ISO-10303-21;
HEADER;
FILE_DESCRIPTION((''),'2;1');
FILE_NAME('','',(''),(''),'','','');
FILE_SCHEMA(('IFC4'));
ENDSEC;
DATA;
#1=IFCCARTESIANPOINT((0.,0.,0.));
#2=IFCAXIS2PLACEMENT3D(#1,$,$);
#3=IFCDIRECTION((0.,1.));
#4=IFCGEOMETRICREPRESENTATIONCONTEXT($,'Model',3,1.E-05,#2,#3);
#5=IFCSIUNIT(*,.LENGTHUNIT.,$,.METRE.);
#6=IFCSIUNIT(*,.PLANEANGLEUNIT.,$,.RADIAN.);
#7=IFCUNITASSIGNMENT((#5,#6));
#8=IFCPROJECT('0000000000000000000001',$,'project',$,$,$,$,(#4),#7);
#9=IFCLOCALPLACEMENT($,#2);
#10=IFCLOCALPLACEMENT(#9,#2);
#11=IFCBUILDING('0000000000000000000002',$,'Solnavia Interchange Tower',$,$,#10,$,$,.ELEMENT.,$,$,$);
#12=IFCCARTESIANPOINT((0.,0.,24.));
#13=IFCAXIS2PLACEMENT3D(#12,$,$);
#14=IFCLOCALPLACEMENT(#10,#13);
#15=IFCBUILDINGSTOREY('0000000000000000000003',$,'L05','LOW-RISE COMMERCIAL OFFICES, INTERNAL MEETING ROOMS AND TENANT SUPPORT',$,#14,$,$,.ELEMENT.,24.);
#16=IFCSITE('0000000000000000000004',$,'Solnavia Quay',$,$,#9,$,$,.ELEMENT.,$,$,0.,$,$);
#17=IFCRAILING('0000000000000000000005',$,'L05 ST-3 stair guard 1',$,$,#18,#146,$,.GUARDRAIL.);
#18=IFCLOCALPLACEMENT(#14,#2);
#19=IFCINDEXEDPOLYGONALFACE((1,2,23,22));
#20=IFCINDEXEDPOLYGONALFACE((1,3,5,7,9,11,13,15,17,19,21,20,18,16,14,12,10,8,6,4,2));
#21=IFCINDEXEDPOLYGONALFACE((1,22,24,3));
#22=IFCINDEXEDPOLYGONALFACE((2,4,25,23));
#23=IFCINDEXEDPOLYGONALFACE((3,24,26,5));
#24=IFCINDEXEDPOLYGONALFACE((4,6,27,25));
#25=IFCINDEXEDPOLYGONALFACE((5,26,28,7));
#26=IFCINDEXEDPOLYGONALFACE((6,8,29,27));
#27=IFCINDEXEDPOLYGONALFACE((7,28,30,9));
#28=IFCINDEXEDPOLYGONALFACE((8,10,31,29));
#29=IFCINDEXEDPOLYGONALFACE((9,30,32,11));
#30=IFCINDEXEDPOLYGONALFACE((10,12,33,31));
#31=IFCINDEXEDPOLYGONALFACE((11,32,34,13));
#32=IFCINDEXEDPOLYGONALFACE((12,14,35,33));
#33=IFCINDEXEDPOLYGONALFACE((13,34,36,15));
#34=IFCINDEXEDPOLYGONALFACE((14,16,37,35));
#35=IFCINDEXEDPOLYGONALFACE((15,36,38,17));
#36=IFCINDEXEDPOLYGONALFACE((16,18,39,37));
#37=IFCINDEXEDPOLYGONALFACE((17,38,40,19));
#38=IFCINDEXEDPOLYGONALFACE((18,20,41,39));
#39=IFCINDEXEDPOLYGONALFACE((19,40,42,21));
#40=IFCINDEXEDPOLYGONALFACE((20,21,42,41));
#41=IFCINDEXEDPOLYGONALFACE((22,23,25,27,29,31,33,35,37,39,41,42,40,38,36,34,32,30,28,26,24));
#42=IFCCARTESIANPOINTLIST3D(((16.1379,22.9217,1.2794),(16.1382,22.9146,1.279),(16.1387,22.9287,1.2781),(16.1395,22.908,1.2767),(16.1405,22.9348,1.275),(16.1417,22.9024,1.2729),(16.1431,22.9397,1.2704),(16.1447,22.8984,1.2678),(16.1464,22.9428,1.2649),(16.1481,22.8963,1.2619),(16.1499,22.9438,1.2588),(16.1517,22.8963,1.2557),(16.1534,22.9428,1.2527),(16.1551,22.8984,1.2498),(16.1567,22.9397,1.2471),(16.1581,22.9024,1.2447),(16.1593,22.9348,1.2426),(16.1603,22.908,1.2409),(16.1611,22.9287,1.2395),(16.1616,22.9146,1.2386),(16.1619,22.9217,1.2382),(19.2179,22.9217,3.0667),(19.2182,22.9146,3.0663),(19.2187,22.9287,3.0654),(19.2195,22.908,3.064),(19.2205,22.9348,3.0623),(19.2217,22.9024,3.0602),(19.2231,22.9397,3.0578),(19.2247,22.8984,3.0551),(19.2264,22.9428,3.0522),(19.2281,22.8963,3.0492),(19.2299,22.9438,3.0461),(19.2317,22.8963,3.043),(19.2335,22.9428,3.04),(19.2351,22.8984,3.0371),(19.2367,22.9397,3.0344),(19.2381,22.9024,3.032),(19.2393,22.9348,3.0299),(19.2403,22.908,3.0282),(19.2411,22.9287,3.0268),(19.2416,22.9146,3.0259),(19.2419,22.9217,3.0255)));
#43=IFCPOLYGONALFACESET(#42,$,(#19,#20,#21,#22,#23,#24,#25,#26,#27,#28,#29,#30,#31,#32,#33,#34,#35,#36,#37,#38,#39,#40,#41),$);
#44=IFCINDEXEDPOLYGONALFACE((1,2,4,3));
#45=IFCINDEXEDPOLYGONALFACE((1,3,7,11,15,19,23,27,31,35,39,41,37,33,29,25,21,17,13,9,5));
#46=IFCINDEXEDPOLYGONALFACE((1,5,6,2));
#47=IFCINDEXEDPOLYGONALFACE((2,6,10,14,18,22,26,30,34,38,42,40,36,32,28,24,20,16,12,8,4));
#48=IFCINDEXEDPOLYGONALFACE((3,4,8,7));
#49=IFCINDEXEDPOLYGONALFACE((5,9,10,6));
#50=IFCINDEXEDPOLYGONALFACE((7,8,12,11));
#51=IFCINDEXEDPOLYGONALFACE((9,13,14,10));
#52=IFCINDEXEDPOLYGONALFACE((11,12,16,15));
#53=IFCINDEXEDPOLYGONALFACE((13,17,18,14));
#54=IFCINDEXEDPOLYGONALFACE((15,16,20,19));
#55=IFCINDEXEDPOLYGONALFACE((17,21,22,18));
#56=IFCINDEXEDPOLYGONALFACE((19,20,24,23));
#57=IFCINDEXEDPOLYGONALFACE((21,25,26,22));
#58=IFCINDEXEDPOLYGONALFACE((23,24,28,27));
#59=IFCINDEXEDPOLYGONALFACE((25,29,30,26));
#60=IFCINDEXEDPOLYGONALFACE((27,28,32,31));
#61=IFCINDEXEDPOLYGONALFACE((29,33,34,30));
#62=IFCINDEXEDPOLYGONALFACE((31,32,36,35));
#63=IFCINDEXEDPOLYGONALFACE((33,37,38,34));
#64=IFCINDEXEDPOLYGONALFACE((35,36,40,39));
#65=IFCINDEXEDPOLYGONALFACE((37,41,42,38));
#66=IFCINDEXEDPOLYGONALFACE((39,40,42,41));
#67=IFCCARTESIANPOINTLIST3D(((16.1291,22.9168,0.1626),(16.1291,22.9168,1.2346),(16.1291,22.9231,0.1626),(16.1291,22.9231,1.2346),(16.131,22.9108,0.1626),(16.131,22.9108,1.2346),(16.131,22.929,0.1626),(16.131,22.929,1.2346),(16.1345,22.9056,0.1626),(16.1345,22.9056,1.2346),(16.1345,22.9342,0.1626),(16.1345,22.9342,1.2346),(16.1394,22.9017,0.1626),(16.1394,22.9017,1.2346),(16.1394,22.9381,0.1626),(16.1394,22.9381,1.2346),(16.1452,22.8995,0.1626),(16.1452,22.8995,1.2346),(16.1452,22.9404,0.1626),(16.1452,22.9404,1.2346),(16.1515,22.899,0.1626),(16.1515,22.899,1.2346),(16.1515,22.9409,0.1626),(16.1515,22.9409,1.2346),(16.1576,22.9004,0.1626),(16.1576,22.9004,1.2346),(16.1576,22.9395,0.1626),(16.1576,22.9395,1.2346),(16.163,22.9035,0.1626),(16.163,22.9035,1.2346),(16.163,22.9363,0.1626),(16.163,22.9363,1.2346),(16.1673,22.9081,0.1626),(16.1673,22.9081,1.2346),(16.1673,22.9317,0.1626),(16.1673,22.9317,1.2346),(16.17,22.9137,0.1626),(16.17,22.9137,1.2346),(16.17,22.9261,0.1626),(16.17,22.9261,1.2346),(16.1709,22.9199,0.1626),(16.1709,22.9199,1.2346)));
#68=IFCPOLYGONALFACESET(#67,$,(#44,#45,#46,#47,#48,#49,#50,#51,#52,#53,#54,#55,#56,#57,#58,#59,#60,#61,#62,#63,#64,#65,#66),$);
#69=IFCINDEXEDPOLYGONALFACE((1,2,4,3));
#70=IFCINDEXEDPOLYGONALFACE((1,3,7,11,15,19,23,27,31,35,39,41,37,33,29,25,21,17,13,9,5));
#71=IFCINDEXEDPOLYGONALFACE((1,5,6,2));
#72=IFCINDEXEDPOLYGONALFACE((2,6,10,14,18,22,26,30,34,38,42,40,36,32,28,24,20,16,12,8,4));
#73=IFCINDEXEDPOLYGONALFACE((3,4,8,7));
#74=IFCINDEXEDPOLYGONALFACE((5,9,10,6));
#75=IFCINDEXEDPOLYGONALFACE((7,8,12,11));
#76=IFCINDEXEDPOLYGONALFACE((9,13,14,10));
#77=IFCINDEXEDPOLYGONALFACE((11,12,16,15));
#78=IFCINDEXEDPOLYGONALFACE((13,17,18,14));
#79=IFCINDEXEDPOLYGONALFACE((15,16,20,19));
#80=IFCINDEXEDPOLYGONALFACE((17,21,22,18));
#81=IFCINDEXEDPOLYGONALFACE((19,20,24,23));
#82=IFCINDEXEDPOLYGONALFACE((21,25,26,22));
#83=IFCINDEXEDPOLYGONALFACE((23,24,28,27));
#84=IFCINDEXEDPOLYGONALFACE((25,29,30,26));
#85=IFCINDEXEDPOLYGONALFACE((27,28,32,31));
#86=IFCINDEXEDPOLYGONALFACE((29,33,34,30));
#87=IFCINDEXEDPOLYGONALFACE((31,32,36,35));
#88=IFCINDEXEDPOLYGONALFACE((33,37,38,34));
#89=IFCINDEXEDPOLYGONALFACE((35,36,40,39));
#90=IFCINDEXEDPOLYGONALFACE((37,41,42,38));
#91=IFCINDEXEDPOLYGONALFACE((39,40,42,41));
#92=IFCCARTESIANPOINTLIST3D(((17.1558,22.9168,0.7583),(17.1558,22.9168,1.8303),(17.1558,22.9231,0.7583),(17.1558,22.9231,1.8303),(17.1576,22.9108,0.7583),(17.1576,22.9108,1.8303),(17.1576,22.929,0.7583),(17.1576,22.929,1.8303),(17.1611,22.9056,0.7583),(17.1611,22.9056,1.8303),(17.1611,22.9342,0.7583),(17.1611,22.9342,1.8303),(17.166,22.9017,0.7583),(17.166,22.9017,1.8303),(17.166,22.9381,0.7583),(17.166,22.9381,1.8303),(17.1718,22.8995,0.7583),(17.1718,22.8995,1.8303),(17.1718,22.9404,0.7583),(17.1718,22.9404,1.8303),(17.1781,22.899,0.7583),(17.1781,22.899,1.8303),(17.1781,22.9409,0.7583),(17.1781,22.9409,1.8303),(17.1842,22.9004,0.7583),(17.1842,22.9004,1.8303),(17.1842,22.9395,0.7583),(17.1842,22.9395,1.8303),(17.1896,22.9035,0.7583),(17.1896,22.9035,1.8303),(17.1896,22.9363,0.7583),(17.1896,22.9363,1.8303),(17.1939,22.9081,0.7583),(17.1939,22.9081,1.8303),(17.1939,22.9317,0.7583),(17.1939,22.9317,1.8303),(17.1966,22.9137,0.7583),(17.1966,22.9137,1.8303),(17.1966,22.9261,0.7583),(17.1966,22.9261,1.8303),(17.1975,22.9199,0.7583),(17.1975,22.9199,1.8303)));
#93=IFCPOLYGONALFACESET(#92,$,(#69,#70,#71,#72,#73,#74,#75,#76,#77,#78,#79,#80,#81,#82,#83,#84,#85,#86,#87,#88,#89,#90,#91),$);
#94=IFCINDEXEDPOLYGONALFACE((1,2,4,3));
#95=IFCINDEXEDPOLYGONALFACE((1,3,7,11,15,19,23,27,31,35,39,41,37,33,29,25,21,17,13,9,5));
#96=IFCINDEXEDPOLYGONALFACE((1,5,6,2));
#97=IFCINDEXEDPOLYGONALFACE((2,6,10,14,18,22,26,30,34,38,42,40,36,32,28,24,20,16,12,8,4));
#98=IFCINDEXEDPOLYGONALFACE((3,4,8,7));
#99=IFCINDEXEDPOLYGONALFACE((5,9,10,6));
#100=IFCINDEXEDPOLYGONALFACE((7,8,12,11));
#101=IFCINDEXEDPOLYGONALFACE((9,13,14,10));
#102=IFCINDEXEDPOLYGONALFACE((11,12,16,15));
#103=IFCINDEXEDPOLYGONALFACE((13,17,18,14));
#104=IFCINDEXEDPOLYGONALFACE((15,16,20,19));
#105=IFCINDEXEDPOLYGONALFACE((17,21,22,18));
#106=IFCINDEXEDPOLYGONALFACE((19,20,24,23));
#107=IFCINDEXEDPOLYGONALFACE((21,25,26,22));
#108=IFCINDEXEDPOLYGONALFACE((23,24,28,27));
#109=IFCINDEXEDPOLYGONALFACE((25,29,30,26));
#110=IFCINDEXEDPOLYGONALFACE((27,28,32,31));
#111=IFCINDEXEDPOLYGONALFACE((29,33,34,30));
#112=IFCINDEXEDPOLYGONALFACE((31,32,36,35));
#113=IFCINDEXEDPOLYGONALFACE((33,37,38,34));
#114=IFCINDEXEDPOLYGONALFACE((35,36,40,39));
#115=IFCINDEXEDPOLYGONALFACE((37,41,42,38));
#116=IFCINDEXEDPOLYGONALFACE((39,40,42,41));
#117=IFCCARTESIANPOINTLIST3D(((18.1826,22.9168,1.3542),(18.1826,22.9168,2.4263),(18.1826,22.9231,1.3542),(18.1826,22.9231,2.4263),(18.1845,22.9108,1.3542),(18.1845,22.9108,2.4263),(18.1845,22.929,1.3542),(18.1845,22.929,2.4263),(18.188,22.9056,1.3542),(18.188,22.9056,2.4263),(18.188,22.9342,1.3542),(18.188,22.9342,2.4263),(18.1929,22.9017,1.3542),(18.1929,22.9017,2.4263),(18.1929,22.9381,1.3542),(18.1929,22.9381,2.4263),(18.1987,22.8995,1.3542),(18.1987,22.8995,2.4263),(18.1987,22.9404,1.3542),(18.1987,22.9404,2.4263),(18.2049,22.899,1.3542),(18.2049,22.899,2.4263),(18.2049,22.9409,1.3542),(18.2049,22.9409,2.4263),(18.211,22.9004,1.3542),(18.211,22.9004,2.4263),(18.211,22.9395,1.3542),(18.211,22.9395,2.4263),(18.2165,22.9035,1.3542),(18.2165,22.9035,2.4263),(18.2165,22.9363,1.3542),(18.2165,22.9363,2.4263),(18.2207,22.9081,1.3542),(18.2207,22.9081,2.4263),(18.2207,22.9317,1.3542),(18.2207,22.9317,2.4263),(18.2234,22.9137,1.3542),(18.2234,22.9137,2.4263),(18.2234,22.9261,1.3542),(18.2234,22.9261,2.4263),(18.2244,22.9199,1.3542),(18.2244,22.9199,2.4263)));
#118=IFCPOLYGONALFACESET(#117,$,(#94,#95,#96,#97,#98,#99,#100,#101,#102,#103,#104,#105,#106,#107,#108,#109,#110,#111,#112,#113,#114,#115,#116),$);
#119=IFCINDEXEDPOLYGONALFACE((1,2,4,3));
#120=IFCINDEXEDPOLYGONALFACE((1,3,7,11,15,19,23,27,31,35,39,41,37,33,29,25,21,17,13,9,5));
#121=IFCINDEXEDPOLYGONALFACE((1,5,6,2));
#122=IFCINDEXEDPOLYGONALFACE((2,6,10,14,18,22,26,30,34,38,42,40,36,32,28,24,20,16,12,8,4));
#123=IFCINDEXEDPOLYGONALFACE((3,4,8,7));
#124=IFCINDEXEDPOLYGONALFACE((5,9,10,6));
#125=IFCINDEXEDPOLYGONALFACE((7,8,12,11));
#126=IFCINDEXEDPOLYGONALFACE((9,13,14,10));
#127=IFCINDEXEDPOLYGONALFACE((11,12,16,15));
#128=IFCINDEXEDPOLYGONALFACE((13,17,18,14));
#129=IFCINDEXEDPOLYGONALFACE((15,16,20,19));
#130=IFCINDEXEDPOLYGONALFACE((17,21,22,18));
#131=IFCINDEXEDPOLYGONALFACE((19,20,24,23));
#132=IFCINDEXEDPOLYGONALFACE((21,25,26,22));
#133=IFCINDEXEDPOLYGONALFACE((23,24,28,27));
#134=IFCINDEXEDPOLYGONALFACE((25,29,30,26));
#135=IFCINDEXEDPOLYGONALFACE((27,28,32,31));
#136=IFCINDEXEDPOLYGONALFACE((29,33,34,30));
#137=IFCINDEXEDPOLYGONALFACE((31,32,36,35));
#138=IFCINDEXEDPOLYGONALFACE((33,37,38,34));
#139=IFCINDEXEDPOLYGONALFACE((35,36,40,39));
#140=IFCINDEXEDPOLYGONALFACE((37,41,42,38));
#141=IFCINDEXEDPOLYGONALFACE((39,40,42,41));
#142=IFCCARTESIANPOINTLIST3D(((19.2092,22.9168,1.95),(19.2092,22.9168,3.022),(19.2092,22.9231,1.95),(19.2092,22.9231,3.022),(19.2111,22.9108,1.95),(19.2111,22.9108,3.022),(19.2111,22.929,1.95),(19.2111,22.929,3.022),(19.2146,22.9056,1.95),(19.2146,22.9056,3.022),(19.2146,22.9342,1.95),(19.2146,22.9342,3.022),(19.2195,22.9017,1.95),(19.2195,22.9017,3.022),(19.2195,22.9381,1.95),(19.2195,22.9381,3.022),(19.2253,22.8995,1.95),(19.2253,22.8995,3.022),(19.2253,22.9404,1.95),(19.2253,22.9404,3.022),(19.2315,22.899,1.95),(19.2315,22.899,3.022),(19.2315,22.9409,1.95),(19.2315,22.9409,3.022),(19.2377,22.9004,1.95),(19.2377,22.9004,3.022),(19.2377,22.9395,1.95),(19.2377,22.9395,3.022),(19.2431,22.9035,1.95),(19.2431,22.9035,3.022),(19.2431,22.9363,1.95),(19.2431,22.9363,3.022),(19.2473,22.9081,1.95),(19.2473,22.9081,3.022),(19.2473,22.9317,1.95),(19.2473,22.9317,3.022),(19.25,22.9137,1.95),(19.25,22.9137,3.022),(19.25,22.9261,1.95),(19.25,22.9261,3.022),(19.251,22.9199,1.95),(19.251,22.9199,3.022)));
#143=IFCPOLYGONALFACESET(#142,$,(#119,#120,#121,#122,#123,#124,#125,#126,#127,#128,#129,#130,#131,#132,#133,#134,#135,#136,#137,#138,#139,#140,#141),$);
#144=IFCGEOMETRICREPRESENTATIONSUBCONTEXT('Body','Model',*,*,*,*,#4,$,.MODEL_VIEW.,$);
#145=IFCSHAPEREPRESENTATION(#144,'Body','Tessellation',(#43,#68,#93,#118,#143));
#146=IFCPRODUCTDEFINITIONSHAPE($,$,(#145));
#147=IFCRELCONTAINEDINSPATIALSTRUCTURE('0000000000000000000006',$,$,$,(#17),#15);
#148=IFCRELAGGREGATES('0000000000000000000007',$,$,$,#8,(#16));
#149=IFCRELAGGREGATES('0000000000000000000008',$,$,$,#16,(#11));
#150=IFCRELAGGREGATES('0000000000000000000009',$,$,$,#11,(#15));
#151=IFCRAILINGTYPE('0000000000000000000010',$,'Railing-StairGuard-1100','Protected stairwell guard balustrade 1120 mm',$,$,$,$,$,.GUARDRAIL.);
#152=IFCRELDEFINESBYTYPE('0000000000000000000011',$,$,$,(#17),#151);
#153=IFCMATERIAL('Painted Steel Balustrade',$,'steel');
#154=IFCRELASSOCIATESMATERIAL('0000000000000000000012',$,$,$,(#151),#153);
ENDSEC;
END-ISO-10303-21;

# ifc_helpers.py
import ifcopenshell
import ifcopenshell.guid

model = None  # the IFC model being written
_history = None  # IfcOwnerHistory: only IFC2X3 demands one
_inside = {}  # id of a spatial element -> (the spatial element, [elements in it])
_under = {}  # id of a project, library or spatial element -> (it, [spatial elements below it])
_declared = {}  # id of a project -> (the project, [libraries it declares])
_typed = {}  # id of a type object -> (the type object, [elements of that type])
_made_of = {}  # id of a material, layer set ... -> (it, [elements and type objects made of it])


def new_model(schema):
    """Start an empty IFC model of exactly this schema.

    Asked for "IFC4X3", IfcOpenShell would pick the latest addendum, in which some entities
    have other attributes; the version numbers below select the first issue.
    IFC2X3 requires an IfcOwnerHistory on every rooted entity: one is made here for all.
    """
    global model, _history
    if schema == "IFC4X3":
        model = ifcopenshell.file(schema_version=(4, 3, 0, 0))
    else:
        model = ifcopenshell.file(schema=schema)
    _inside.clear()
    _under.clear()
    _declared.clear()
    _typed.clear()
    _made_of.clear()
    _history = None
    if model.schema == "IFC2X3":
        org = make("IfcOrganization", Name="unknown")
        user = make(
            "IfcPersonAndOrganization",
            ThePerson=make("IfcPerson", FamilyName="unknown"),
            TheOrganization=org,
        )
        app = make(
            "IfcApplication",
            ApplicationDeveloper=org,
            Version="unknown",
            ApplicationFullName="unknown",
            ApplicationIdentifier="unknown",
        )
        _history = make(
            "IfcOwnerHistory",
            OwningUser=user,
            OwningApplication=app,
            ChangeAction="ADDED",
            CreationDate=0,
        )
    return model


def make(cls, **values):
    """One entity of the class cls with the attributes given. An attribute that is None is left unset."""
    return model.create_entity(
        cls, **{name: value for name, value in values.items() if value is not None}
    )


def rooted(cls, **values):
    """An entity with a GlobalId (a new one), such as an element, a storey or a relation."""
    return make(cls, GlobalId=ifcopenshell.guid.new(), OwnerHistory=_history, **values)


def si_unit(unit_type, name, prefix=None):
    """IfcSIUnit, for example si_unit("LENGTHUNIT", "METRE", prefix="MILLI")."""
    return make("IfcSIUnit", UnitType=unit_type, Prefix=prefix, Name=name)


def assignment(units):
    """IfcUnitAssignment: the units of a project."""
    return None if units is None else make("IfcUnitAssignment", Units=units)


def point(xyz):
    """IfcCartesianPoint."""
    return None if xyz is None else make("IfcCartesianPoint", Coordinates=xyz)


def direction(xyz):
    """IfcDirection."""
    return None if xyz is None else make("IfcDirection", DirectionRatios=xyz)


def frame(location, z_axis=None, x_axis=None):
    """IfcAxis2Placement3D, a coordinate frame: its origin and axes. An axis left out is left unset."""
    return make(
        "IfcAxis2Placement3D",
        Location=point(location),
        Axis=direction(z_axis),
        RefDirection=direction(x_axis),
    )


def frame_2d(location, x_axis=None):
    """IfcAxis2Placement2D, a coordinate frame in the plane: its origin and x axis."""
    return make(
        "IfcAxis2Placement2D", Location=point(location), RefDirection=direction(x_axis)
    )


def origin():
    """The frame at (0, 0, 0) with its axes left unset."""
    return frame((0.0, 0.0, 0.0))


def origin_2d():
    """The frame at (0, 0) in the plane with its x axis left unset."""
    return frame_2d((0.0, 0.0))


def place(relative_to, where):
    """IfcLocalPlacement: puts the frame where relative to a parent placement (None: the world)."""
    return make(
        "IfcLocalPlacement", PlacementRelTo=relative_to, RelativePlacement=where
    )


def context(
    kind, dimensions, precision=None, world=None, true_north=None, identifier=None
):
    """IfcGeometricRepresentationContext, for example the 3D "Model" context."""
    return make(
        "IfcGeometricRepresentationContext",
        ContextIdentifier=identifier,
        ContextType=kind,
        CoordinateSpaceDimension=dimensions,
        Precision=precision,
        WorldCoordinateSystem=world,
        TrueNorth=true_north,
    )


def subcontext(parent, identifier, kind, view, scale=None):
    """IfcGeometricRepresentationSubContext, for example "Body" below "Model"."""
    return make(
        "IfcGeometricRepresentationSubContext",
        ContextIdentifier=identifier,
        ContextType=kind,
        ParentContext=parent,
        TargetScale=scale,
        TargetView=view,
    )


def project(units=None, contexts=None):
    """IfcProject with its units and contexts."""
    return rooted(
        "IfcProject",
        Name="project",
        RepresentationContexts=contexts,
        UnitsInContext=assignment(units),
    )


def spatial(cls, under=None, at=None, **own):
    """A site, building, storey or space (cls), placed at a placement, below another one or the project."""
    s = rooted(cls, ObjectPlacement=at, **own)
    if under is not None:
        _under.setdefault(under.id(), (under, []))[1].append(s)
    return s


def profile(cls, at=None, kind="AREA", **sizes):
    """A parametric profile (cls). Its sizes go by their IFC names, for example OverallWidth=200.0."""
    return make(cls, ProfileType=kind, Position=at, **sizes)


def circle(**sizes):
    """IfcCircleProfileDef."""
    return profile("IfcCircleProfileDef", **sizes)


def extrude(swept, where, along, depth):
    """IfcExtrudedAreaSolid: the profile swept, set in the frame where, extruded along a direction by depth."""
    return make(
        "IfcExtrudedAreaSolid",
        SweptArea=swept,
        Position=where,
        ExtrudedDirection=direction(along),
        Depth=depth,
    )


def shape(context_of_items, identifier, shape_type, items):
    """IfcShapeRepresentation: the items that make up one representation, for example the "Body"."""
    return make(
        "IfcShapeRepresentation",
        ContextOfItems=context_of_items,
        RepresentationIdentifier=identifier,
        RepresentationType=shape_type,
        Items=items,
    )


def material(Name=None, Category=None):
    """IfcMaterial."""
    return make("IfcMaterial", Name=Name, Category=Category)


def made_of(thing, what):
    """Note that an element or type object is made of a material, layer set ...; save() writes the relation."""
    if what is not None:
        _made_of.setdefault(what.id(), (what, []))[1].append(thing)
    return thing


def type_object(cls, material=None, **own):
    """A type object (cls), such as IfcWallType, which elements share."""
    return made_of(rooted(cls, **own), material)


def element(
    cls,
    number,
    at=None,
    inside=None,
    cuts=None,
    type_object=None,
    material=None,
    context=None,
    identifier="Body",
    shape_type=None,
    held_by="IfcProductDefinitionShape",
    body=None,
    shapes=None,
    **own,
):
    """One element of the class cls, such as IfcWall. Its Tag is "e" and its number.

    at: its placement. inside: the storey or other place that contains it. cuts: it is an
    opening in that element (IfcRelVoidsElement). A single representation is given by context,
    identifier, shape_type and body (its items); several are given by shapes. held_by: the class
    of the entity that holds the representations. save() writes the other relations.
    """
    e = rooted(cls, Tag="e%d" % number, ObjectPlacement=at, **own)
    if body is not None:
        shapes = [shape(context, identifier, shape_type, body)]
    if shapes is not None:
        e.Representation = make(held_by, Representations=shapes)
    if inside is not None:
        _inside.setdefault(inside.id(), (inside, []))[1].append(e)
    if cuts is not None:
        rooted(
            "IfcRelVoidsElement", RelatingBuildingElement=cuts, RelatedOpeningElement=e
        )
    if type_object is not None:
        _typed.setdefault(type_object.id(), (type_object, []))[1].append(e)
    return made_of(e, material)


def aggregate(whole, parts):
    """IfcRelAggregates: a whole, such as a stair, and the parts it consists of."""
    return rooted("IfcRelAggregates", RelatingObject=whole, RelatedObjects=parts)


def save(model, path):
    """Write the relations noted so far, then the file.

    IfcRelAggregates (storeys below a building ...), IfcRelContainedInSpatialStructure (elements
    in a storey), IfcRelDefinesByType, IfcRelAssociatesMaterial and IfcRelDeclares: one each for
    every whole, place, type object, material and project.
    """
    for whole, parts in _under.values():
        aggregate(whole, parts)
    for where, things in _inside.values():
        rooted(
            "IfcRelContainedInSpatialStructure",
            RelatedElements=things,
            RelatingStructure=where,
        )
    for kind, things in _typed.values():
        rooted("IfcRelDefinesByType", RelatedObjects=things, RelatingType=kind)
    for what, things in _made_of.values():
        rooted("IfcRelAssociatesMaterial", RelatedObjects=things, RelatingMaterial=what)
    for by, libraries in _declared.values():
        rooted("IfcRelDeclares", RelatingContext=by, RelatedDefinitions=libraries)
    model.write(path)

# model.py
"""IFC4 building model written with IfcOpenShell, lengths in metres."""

from ifc_helpers import new_model, si_unit, direction, frame, origin, origin_2d, place, context, subcontext, project, spatial, circle, extrude, material, type_object, element, save


model = new_model("IFC4")

# Units and contexts
model_context = context("Model", 3, precision=1e-05, world=origin(), true_north=direction((0.0, 1.0)))
body_context = subcontext(model_context, "Body", "Model", "MODEL_VIEW")
ifc_project = project(units=[si_unit("LENGTHUNIT", "METRE"), si_unit("PLANEANGLEUNIT", "RADIAN")], contexts=[model_context])

# Site, building, storey
site_placement = place(None, origin())
site = spatial("IfcSite", under=ifc_project, at=site_placement, Name="Solnavia Quay", CompositionType="ELEMENT", RefElevation=0.0)
building_placement = place(site_placement, origin())
building = spatial("IfcBuilding", under=site, at=building_placement, Name="Solnavia Interchange Tower", CompositionType="ELEMENT")
storey_placement = place(building_placement, frame((0.0, 0.0, 24.0)))
storey = spatial("IfcBuildingStorey", under=building, at=storey_placement, Name="L05", Description="LOW-RISE COMMERCIAL OFFICES, INTERNAL MEETING ROOMS AND TENANT SUPPORT", CompositionType="ELEMENT", Elevation=24.0)

# Railing
ifc_material_1 = material(Name="Painted Steel Balustrade", Category="steel")
railing_type_1 = type_object("IfcRailingType", Name="Railing-StairGuard-1100", Description="Protected stairwell guard balustrade 1120 mm", PredefinedType="GUARDRAIL", material=ifc_material_1)
railing_1_placement = place(storey_placement, frame((16.1499, 22.9199, 0.1626)))
element("IfcRailing", 1, at=railing_1_placement, inside=storey, type_object=railing_type_1, Name="L05 ST-3 stair guard 1", PredefinedType="GUARDRAIL", context=body_context, shape_type="SweptSolid", body=[
    extrude(circle(Radius=0.0239, at=origin_2d()), frame((0.0, 0.0, 1.0962), z_axis=(0.86492, 0.0, 0.501909), x_axis=(0.0, 1.0, 0.0)), (0.0, 0.0, 1.0), 3.561),
    extrude(circle(Radius=0.021, at=origin_2d()), origin(), (0.0, 0.0, 1.0), 1.072),
    extrude(circle(Radius=0.021, at=origin_2d()), frame((1.0266, 0.0, 0.5957)), (0.0, 0.0, 1.0), 1.072),
    extrude(circle(Radius=0.021, at=origin_2d()), frame((2.0535, 0.0, 1.1917)), (0.0, 0.0, 1.0), 1.072),
    extrude(circle(Radius=0.021, at=origin_2d()), frame((3.0801, 0.0, 1.7874)), (0.0, 0.0, 1.0), 1.072),
])

save(model, "model.ifc")
